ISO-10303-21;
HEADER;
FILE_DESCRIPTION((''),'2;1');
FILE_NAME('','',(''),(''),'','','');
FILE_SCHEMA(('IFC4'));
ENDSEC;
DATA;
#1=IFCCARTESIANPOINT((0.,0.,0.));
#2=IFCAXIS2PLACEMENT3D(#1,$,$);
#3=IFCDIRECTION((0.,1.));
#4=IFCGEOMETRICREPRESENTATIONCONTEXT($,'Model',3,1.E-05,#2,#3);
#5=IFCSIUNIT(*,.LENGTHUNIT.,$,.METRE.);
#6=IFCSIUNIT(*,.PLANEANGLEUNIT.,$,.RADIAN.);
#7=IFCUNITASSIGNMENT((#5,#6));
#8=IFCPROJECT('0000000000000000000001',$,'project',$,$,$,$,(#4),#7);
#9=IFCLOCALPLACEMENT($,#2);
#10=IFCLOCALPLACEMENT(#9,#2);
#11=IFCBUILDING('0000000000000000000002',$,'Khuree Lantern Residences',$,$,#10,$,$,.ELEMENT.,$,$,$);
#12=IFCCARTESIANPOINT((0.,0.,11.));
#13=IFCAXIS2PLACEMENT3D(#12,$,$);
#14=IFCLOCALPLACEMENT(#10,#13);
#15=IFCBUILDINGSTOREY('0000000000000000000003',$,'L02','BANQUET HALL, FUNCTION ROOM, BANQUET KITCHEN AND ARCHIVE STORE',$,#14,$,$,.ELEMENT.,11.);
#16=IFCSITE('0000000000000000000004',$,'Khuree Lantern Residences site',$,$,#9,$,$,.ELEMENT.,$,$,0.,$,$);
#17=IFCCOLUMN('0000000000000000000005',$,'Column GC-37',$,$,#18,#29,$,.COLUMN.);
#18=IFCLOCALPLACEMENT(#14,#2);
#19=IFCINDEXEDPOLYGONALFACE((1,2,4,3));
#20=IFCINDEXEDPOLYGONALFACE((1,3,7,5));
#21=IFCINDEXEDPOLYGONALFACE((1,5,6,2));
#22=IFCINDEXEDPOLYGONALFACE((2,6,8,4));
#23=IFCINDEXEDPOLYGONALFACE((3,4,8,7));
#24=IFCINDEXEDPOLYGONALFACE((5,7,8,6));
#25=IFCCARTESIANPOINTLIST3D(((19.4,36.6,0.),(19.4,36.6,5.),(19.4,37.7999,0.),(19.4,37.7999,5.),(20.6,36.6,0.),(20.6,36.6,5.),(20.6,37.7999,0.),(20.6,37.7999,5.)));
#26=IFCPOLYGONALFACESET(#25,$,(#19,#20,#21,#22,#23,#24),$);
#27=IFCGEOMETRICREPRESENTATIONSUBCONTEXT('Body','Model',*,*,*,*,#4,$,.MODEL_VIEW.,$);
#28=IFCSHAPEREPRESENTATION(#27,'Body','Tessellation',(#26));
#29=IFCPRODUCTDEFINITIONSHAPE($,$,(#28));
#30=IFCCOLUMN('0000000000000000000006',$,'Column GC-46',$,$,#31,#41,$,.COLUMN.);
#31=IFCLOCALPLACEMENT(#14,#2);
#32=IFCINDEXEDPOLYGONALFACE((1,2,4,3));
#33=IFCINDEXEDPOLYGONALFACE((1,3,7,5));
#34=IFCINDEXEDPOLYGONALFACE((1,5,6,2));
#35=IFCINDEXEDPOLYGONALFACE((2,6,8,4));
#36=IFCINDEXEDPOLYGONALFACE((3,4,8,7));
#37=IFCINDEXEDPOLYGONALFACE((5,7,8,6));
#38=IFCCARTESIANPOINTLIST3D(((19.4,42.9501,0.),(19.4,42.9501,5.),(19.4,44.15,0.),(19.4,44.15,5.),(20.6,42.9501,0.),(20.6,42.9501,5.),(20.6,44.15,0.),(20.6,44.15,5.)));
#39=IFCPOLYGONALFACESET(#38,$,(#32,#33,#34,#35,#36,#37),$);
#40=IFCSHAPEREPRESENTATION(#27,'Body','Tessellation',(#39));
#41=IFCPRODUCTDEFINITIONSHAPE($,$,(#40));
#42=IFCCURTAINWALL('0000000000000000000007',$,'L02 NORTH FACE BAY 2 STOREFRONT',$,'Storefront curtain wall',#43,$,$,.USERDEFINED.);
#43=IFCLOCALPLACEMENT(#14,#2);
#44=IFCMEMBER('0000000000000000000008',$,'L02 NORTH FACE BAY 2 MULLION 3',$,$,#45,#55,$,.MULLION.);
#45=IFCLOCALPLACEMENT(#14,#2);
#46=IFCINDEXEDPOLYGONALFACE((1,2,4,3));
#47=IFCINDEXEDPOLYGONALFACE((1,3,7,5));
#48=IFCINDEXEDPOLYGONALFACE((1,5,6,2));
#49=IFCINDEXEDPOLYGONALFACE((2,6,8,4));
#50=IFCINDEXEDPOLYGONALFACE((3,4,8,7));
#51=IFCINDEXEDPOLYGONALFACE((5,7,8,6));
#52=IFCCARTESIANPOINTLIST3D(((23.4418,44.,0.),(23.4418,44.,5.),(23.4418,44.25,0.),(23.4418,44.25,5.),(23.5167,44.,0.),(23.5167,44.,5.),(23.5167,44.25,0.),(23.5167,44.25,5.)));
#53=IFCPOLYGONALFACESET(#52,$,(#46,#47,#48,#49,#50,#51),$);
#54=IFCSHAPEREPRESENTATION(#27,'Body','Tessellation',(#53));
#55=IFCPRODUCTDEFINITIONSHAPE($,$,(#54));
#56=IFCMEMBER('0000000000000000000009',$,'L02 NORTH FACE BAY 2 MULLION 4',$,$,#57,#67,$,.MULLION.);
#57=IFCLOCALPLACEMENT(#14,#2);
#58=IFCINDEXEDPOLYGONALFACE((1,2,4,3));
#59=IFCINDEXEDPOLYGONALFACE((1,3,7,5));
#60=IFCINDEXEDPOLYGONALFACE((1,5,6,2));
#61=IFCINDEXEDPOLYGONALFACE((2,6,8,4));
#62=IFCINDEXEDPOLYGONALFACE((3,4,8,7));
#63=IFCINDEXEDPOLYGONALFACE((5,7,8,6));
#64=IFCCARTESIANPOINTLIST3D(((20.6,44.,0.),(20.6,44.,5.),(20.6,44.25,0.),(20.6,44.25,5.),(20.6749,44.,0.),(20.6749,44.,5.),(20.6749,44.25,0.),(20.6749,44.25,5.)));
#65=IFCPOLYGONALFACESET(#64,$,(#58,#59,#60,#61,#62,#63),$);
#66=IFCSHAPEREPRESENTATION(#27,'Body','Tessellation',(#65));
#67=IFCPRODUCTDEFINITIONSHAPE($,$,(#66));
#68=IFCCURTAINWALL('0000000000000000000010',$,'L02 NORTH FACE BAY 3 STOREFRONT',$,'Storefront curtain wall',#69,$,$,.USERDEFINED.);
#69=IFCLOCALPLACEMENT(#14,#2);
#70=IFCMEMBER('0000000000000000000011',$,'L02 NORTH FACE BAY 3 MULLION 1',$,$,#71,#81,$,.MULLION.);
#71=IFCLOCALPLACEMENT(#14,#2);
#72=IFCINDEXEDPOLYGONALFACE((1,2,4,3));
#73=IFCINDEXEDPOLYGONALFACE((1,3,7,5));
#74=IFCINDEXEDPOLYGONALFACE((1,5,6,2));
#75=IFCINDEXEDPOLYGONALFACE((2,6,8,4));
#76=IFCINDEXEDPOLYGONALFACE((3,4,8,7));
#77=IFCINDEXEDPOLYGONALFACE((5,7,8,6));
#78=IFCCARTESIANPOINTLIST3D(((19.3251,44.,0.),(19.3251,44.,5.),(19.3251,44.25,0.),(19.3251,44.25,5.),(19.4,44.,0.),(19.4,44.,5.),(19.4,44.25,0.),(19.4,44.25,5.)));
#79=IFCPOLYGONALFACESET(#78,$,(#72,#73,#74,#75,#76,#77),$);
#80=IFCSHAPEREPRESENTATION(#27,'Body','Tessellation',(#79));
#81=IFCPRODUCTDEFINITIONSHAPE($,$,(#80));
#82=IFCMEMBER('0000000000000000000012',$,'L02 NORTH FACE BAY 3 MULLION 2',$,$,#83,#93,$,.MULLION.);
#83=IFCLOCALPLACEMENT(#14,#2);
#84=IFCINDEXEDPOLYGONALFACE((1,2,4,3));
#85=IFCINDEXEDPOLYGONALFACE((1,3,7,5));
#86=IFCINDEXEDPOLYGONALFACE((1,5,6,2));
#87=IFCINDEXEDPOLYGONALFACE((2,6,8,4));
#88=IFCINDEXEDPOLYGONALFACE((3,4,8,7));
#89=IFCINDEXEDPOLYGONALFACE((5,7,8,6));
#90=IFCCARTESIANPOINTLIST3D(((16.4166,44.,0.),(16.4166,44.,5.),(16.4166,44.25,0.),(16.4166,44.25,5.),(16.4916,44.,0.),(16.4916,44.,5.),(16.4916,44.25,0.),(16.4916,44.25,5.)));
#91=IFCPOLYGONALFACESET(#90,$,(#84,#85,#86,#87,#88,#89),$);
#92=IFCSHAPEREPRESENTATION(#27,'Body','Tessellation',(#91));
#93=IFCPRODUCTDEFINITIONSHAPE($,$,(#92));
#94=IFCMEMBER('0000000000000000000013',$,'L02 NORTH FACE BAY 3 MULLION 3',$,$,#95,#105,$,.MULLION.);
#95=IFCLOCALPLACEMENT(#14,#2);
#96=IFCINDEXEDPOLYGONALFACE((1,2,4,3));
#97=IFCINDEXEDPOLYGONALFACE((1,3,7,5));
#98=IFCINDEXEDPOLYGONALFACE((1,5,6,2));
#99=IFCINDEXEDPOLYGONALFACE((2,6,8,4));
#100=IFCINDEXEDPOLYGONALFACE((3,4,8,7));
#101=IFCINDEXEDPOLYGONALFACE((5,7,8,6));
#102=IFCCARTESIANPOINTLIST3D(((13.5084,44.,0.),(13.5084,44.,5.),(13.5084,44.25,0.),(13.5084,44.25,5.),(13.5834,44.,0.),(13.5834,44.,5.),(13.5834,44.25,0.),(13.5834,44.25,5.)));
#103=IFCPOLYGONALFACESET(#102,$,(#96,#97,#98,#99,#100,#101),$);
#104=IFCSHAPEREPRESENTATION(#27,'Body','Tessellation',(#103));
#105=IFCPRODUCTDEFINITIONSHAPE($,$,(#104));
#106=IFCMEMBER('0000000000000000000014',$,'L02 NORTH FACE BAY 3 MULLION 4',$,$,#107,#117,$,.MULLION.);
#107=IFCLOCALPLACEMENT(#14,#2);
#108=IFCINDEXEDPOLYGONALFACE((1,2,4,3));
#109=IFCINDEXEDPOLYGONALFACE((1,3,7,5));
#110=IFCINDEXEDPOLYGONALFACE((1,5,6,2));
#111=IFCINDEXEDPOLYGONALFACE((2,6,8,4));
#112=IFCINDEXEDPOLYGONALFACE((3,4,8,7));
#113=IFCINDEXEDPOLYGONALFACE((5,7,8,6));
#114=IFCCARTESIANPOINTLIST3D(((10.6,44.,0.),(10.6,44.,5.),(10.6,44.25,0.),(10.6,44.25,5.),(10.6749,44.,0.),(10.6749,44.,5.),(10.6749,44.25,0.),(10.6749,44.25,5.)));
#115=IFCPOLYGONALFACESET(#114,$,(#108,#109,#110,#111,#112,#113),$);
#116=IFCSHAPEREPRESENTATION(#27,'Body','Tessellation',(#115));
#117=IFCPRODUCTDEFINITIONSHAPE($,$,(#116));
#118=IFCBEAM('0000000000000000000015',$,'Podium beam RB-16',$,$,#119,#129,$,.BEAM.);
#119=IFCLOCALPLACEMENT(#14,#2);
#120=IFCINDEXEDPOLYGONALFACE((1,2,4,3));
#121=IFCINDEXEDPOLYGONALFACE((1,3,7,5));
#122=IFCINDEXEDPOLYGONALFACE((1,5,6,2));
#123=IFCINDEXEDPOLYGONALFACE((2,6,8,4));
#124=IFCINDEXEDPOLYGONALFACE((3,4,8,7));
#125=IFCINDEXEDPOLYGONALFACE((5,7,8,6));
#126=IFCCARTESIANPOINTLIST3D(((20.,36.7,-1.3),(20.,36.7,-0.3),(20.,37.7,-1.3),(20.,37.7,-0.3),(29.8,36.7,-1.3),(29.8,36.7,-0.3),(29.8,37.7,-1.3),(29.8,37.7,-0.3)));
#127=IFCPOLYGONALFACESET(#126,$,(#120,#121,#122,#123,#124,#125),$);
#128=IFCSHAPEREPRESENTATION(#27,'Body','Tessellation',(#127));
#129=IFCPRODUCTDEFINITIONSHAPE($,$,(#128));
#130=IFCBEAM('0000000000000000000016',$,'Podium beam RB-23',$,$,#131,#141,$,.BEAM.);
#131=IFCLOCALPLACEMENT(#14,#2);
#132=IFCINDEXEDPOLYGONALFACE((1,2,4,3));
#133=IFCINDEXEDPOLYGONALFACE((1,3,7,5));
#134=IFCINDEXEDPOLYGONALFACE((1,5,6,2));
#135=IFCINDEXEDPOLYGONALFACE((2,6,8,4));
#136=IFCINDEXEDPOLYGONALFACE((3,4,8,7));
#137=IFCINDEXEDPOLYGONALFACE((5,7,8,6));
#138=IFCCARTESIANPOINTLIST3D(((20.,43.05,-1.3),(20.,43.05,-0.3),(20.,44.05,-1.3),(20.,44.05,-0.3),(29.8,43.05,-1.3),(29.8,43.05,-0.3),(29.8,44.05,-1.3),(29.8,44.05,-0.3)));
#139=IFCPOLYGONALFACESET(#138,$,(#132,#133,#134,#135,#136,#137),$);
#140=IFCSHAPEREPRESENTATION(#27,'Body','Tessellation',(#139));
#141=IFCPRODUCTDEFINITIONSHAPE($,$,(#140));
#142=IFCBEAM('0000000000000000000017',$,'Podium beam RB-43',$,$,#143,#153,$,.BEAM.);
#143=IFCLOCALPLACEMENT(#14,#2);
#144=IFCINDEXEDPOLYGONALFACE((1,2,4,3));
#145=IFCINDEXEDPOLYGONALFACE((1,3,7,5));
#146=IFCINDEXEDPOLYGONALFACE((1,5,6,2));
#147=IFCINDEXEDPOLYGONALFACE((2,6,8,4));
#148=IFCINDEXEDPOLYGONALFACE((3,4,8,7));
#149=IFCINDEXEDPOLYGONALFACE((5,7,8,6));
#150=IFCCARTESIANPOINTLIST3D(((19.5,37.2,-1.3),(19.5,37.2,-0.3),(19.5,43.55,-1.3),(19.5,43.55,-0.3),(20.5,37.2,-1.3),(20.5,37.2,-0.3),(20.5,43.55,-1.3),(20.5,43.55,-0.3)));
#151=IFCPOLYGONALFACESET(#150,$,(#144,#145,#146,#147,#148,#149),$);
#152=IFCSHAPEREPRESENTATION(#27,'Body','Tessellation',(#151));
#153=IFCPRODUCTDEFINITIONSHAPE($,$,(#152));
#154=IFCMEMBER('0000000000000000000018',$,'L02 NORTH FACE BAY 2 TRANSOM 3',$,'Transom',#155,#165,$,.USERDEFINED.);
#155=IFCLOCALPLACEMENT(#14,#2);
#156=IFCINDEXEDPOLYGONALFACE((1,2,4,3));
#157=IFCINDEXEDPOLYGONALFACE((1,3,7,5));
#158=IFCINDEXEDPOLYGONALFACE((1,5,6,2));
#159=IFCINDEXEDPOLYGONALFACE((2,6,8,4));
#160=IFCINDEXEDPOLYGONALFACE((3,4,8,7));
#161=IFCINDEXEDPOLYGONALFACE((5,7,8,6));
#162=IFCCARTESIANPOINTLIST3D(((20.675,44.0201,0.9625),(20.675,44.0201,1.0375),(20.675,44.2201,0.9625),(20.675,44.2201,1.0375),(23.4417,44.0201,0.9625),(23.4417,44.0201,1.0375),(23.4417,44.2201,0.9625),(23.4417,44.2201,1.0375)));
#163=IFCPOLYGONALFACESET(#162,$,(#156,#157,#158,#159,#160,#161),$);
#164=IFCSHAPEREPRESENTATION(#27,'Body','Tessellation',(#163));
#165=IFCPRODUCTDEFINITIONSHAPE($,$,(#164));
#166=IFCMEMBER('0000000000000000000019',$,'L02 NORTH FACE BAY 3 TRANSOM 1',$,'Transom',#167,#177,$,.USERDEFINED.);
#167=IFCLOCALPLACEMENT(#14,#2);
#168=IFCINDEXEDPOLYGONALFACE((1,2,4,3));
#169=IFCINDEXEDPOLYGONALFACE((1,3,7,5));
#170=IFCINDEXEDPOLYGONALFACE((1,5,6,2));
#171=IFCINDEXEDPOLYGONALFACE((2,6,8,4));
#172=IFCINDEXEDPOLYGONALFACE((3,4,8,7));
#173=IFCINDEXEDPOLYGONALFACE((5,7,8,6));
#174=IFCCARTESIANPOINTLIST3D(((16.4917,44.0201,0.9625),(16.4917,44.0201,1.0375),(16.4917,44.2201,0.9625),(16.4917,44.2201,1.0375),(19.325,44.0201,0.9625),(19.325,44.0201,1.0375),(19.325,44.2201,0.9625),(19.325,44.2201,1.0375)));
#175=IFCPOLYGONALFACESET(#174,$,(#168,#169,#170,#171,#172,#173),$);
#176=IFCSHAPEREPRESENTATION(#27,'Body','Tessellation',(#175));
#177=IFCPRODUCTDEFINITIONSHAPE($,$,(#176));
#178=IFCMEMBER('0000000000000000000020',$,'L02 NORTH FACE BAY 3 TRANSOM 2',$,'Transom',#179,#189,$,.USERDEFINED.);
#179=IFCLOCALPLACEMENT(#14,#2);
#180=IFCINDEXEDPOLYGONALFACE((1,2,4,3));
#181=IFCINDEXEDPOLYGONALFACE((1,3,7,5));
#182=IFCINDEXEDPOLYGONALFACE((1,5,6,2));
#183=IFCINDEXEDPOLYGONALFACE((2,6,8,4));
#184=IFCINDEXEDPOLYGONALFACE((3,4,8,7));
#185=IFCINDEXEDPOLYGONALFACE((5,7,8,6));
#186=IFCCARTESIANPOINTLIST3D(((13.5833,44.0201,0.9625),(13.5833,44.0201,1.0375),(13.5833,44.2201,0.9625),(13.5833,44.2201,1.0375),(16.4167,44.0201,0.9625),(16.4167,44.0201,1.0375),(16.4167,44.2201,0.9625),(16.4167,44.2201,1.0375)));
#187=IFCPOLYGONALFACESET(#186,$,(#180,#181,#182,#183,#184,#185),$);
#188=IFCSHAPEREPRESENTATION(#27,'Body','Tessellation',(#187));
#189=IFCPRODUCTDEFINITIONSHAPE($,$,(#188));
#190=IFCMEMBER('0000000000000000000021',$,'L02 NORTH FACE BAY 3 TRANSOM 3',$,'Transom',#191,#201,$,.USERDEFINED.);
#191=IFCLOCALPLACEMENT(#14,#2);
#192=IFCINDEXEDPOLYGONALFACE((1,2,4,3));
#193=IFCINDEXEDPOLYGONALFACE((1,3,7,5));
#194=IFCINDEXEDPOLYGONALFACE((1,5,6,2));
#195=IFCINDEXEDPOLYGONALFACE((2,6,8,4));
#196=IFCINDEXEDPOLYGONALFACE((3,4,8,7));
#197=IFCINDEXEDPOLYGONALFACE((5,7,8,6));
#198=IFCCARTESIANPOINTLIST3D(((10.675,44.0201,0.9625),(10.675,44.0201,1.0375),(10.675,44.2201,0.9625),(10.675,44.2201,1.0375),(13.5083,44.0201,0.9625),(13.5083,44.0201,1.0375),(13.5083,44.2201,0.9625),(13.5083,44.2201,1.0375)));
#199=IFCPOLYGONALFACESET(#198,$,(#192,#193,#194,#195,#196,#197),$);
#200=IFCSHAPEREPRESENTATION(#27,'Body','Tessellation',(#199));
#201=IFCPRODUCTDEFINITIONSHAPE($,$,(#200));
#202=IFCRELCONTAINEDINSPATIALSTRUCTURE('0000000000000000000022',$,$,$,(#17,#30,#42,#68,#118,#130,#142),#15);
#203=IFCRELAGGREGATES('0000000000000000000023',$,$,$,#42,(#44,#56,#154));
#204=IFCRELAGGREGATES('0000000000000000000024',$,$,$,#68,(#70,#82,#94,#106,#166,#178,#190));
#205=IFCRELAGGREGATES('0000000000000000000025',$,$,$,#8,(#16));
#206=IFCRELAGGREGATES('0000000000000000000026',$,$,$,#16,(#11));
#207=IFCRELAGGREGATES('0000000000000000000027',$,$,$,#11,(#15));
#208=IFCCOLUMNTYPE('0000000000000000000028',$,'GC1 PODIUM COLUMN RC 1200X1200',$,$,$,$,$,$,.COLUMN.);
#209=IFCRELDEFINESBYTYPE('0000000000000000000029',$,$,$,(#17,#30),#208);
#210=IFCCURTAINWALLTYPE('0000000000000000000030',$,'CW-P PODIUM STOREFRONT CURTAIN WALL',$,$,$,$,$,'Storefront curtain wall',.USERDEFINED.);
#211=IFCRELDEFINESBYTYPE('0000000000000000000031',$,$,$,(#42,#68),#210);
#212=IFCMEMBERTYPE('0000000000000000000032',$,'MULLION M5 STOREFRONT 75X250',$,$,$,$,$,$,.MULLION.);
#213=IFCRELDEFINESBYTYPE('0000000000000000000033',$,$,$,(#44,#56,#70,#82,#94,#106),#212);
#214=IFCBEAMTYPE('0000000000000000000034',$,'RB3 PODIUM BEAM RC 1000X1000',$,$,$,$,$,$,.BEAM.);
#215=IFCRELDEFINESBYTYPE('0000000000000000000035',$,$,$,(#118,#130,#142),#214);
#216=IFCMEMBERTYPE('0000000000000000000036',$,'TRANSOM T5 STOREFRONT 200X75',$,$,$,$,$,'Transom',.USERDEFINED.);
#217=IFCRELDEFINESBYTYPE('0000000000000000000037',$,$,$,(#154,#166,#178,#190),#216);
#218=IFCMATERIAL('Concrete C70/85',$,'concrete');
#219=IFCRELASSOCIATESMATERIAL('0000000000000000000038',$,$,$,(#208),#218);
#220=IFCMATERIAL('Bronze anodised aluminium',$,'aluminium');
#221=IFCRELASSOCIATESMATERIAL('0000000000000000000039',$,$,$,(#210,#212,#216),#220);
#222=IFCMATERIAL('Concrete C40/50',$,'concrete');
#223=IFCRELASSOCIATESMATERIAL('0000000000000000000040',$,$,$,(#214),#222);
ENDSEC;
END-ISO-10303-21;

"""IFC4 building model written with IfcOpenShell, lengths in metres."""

from ifc_helpers import new_model, si_unit, direction, frame, origin, origin_2d, place, context, subcontext, project, spatial, rectangle, extrude, material, material_profile, profile_set, type_object, element, aggregate, save


model = new_model("IFC4")

# Units and contexts
model_context = context("Model", 3, precision=1e-05, world=origin(), true_north=direction((0.0, 1.0)))
body_context = subcontext(model_context, "Body", "Model", "MODEL_VIEW")
ifc_project = project(units=[si_unit("LENGTHUNIT", "METRE"), si_unit("PLANEANGLEUNIT", "RADIAN")], contexts=[model_context])

# Site, building, storey
site_placement = place(None, origin())
site = spatial("IfcSite", under=ifc_project, at=site_placement, Name="Khuree Lantern Residences site", CompositionType="ELEMENT", RefElevation=0.0)
building_placement = place(site_placement, origin())
building = spatial("IfcBuilding", under=site, at=building_placement, Name="Khuree Lantern Residences", CompositionType="ELEMENT")
storey_placement = place(building_placement, frame((0.0, 0.0, 11.0)))
storey = spatial("IfcBuildingStorey", under=building, at=storey_placement, Name="L02", Description="BANQUET HALL, FUNCTION ROOM, BANQUET KITCHEN AND ARCHIVE STORE", CompositionType="ELEMENT", Elevation=11.0)

# Columns
ifc_material_1 = material(Name="Concrete C70/85", Category="concrete")
ifc_material_profile_1 = material_profile(ifc_material_1, rectangle(XDim=1.2, YDim=1.2, at=origin_2d()), Name="RC 1200X1200")
ifc_profile_set_1 = profile_set([ifc_material_profile_1], Name="Concrete C70/85")
column_type = type_object("IfcColumnType", Name="GC1 PODIUM COLUMN RC 1200X1200", PredefinedType="COLUMN", material=ifc_profile_set_1)
for number, where, z_axis, x_axis, name in (
    (1, (20.0, 37.2, 0.0), (0.0, 0.0, 1.0), (1.0, 0.0, 0.0), "Column GC-37"),
    (2, (20.0, 43.55, 0.0), (0.0, 0.0, 1.0), (1.0, 0.0, 0.0), "Column GC-46"),
):
    element("IfcColumn", number, at=place(storey_placement, frame(where, z_axis=z_axis, x_axis=x_axis)), inside=storey, type_object=column_type, Name=name, PredefinedType="COLUMN", context=body_context, shape_type="SweptSolid", body=[
        extrude(rectangle(XDim=1.2, YDim=1.2, at=origin_2d()), origin(), (0.0, 0.0, 1.0), 5.0),
    ])

# Curtain walls, members
ifc_material_2 = material(Name="Bronze anodised aluminium", Category="aluminium")
curtain_wall_type = type_object("IfcCurtainWallType", Name="CW-P PODIUM STOREFRONT CURTAIN WALL", ElementType="Storefront curtain wall", PredefinedType="USERDEFINED", material=ifc_material_2)
curtain_wall_1_placement = place(storey_placement, origin())
curtain_wall_1 = element("IfcCurtainWall", 3, at=curtain_wall_1_placement, inside=storey, type_object=curtain_wall_type, Name="L02 NORTH FACE BAY 2 STOREFRONT", ObjectType="Storefront curtain wall", PredefinedType="USERDEFINED")
ifc_material_profile_2 = material_profile(ifc_material_2, rectangle(XDim=0.075, YDim=0.25, at=origin_2d()), Name="M5 75X250")
ifc_profile_set_2 = profile_set([ifc_material_profile_2], Name="Bronze anodised aluminium")
member_type_1 = type_object("IfcMemberType", Name="MULLION M5 STOREFRONT 75X250", PredefinedType="MULLION", material=ifc_profile_set_2)
member_1_placement = place(storey_placement, frame((23.4792, 44.125, 0.0), z_axis=(0.0, 0.0, 1.0), x_axis=(-1.0, 0.0, 0.0)))
member_1 = element("IfcMember", 4, at=member_1_placement, type_object=member_type_1, Name="L02 NORTH FACE BAY 2 MULLION 3", PredefinedType="MULLION", context=body_context, shape_type="SweptSolid", body=[
    extrude(rectangle(XDim=0.075, YDim=0.25, at=origin_2d()), origin(), (0.0, 0.0, 1.0), 5.0),
])
member_2_placement = place(storey_placement, frame((20.6375, 44.125, 0.0), z_axis=(0.0, 0.0, 1.0), x_axis=(-1.0, 0.0, 0.0)))
member_2 = element("IfcMember", 5, at=member_2_placement, type_object=member_type_1, Name="L02 NORTH FACE BAY 2 MULLION 4", PredefinedType="MULLION", context=body_context, shape_type="SweptSolid", body=[
    extrude(rectangle(XDim=0.075, YDim=0.25, at=origin_2d()), origin(), (0.0, 0.0, 1.0), 5.0),
])
curtain_wall_2_placement = place(storey_placement, origin())
curtain_wall_2 = element("IfcCurtainWall", 6, at=curtain_wall_2_placement, inside=storey, type_object=curtain_wall_type, Name="L02 NORTH FACE BAY 3 STOREFRONT", ObjectType="Storefront curtain wall", PredefinedType="USERDEFINED")
member_3_placement = place(storey_placement, frame((19.3625, 44.125, 0.0), z_axis=(0.0, 0.0, 1.0), x_axis=(-1.0, 0.0, 0.0)))
member_3 = element("IfcMember", 7, at=member_3_placement, type_object=member_type_1, Name="L02 NORTH FACE BAY 3 MULLION 1", PredefinedType="MULLION", context=body_context, shape_type="SweptSolid", body=[
    extrude(rectangle(XDim=0.075, YDim=0.25, at=origin_2d()), origin(), (0.0, 0.0, 1.0), 5.0),
])
member_4_placement = place(storey_placement, frame((16.4541, 44.125, 0.0), z_axis=(0.0, 0.0, 1.0), x_axis=(-1.0, 0.0, 0.0)))
member_4 = element("IfcMember", 8, at=member_4_placement, type_object=member_type_1, Name="L02 NORTH FACE BAY 3 MULLION 2", PredefinedType="MULLION", context=body_context, shape_type="SweptSolid", body=[
    extrude(rectangle(XDim=0.075, YDim=0.25, at=origin_2d()), origin(), (0.0, 0.0, 1.0), 5.0),
])
member_5_placement = place(storey_placement, frame((13.5459, 44.125, 0.0), z_axis=(0.0, 0.0, 1.0), x_axis=(-1.0, 0.0, 0.0)))
member_5 = element("IfcMember", 9, at=member_5_placement, type_object=member_type_1, Name="L02 NORTH FACE BAY 3 MULLION 3", PredefinedType="MULLION", context=body_context, shape_type="SweptSolid", body=[
    extrude(rectangle(XDim=0.075, YDim=0.25, at=origin_2d()), origin(), (0.0, 0.0, 1.0), 5.0),
])
member_6_placement = place(storey_placement, frame((10.6375, 44.125, 0.0), z_axis=(0.0, 0.0, 1.0), x_axis=(-1.0, 0.0, 0.0)))
member_6 = element("IfcMember", 10, at=member_6_placement, type_object=member_type_1, Name="L02 NORTH FACE BAY 3 MULLION 4", PredefinedType="MULLION", context=body_context, shape_type="SweptSolid", body=[
    extrude(rectangle(XDim=0.075, YDim=0.25, at=origin_2d()), origin(), (0.0, 0.0, 1.0), 5.0),
])

# Beams
ifc_material_3 = material(Name="Concrete C40/50", Category="concrete")
ifc_material_profile_3 = material_profile(ifc_material_3, rectangle(XDim=1.0, YDim=1.0, at=origin_2d()), Name="RC 1000X1000")
ifc_profile_set_3 = profile_set([ifc_material_profile_3], Name="Concrete C40/50")
beam_type = type_object("IfcBeamType", Name="RB3 PODIUM BEAM RC 1000X1000", PredefinedType="BEAM", material=ifc_profile_set_3)
for number, where, z_axis, x_axis, name in (
    (11, (20.0, 37.2, -0.8), (1.0, 0.0, 0.0), (0.0, 1.0, 0.0), "Podium beam RB-16"),
    (12, (20.0, 43.55, -0.8), (1.0, 0.0, 0.0), (0.0, 1.0, 0.0), "Podium beam RB-23"),
):
    element("IfcBeam", number, at=place(storey_placement, frame(where, z_axis=z_axis, x_axis=x_axis)), inside=storey, type_object=beam_type, Name=name, PredefinedType="BEAM", context=body_context, shape_type="SweptSolid", body=[
        extrude(rectangle(XDim=1.0, YDim=1.0, at=origin_2d()), origin(), (0.0, 0.0, 1.0), 9.8),
    ])
beam_placement = place(storey_placement, frame((20.0, 37.2, -0.8), z_axis=(0.0, 1.0, 0.0), x_axis=(-1.0, 0.0, 0.0)))
element("IfcBeam", 13, at=beam_placement, inside=storey, type_object=beam_type, Name="Podium beam RB-43", PredefinedType="BEAM", context=body_context, shape_type="SweptSolid", body=[
    extrude(rectangle(XDim=1.0, YDim=1.0, at=origin_2d()), origin(), (0.0, 0.0, 1.0), 6.3501),
])

# Members
ifc_material_profile_4 = material_profile(ifc_material_2, rectangle(XDim=0.2, YDim=0.075, at=origin_2d()), Name="T5 200X75")
ifc_profile_set_4 = profile_set([ifc_material_profile_4], Name="Bronze anodised aluminium")
member_type_2 = type_object("IfcMemberType", Name="TRANSOM T5 STOREFRONT 200X75", ElementType="Transom", PredefinedType="USERDEFINED", material=ifc_profile_set_4)
member_7_placement = place(storey_placement, frame((23.4417, 44.1201, 1.0), z_axis=(-1.0, 0.0, 0.0), x_axis=(0.0, -1.0, 0.0)))
member_7 = element("IfcMember", 14, at=member_7_placement, type_object=member_type_2, Name="L02 NORTH FACE BAY 2 TRANSOM 3", ObjectType="Transom", PredefinedType="USERDEFINED", context=body_context, shape_type="SweptSolid", body=[
    extrude(rectangle(XDim=0.2, YDim=0.075, at=origin_2d()), origin(), (0.0, 0.0, 1.0), 2.7666),
])
member_8_placement = place(storey_placement, frame((19.325, 44.1201, 1.0), z_axis=(-1.0, 0.0, 0.0), x_axis=(0.0, -1.0, 0.0)))
member_8 = element("IfcMember", 15, at=member_8_placement, type_object=member_type_2, Name="L02 NORTH FACE BAY 3 TRANSOM 1", ObjectType="Transom", PredefinedType="USERDEFINED", context=body_context, shape_type="SweptSolid", body=[
    extrude(rectangle(XDim=0.2, YDim=0.075, at=origin_2d()), origin(), (0.0, 0.0, 1.0), 2.8333),
])
member_9_placement = place(storey_placement, frame((16.4167, 44.1201, 1.0), z_axis=(-1.0, 0.0, 0.0), x_axis=(0.0, -1.0, 0.0)))
member_9 = element("IfcMember", 16, at=member_9_placement, type_object=member_type_2, Name="L02 NORTH FACE BAY 3 TRANSOM 2", ObjectType="Transom", PredefinedType="USERDEFINED", context=body_context, shape_type="SweptSolid", body=[
    extrude(rectangle(XDim=0.2, YDim=0.075, at=origin_2d()), origin(), (0.0, 0.0, 1.0), 2.8335),
])
member_10_placement = place(storey_placement, frame((13.5083, 44.1201, 1.0), z_axis=(-1.0, 0.0, 0.0), x_axis=(0.0, -1.0, 0.0)))
member_10 = element("IfcMember", 17, at=member_10_placement, type_object=member_type_2, Name="L02 NORTH FACE BAY 3 TRANSOM 3", ObjectType="Transom", PredefinedType="USERDEFINED", context=body_context, shape_type="SweptSolid", body=[
    extrude(rectangle(XDim=0.2, YDim=0.075, at=origin_2d()), origin(), (0.0, 0.0, 1.0), 2.8333),
])

aggregate(curtain_wall_1, [member_1, member_2, member_7])
aggregate(curtain_wall_2, [member_3, member_4, member_5, member_6, member_8, member_9, member_10])

save(model, "model.ifc")
